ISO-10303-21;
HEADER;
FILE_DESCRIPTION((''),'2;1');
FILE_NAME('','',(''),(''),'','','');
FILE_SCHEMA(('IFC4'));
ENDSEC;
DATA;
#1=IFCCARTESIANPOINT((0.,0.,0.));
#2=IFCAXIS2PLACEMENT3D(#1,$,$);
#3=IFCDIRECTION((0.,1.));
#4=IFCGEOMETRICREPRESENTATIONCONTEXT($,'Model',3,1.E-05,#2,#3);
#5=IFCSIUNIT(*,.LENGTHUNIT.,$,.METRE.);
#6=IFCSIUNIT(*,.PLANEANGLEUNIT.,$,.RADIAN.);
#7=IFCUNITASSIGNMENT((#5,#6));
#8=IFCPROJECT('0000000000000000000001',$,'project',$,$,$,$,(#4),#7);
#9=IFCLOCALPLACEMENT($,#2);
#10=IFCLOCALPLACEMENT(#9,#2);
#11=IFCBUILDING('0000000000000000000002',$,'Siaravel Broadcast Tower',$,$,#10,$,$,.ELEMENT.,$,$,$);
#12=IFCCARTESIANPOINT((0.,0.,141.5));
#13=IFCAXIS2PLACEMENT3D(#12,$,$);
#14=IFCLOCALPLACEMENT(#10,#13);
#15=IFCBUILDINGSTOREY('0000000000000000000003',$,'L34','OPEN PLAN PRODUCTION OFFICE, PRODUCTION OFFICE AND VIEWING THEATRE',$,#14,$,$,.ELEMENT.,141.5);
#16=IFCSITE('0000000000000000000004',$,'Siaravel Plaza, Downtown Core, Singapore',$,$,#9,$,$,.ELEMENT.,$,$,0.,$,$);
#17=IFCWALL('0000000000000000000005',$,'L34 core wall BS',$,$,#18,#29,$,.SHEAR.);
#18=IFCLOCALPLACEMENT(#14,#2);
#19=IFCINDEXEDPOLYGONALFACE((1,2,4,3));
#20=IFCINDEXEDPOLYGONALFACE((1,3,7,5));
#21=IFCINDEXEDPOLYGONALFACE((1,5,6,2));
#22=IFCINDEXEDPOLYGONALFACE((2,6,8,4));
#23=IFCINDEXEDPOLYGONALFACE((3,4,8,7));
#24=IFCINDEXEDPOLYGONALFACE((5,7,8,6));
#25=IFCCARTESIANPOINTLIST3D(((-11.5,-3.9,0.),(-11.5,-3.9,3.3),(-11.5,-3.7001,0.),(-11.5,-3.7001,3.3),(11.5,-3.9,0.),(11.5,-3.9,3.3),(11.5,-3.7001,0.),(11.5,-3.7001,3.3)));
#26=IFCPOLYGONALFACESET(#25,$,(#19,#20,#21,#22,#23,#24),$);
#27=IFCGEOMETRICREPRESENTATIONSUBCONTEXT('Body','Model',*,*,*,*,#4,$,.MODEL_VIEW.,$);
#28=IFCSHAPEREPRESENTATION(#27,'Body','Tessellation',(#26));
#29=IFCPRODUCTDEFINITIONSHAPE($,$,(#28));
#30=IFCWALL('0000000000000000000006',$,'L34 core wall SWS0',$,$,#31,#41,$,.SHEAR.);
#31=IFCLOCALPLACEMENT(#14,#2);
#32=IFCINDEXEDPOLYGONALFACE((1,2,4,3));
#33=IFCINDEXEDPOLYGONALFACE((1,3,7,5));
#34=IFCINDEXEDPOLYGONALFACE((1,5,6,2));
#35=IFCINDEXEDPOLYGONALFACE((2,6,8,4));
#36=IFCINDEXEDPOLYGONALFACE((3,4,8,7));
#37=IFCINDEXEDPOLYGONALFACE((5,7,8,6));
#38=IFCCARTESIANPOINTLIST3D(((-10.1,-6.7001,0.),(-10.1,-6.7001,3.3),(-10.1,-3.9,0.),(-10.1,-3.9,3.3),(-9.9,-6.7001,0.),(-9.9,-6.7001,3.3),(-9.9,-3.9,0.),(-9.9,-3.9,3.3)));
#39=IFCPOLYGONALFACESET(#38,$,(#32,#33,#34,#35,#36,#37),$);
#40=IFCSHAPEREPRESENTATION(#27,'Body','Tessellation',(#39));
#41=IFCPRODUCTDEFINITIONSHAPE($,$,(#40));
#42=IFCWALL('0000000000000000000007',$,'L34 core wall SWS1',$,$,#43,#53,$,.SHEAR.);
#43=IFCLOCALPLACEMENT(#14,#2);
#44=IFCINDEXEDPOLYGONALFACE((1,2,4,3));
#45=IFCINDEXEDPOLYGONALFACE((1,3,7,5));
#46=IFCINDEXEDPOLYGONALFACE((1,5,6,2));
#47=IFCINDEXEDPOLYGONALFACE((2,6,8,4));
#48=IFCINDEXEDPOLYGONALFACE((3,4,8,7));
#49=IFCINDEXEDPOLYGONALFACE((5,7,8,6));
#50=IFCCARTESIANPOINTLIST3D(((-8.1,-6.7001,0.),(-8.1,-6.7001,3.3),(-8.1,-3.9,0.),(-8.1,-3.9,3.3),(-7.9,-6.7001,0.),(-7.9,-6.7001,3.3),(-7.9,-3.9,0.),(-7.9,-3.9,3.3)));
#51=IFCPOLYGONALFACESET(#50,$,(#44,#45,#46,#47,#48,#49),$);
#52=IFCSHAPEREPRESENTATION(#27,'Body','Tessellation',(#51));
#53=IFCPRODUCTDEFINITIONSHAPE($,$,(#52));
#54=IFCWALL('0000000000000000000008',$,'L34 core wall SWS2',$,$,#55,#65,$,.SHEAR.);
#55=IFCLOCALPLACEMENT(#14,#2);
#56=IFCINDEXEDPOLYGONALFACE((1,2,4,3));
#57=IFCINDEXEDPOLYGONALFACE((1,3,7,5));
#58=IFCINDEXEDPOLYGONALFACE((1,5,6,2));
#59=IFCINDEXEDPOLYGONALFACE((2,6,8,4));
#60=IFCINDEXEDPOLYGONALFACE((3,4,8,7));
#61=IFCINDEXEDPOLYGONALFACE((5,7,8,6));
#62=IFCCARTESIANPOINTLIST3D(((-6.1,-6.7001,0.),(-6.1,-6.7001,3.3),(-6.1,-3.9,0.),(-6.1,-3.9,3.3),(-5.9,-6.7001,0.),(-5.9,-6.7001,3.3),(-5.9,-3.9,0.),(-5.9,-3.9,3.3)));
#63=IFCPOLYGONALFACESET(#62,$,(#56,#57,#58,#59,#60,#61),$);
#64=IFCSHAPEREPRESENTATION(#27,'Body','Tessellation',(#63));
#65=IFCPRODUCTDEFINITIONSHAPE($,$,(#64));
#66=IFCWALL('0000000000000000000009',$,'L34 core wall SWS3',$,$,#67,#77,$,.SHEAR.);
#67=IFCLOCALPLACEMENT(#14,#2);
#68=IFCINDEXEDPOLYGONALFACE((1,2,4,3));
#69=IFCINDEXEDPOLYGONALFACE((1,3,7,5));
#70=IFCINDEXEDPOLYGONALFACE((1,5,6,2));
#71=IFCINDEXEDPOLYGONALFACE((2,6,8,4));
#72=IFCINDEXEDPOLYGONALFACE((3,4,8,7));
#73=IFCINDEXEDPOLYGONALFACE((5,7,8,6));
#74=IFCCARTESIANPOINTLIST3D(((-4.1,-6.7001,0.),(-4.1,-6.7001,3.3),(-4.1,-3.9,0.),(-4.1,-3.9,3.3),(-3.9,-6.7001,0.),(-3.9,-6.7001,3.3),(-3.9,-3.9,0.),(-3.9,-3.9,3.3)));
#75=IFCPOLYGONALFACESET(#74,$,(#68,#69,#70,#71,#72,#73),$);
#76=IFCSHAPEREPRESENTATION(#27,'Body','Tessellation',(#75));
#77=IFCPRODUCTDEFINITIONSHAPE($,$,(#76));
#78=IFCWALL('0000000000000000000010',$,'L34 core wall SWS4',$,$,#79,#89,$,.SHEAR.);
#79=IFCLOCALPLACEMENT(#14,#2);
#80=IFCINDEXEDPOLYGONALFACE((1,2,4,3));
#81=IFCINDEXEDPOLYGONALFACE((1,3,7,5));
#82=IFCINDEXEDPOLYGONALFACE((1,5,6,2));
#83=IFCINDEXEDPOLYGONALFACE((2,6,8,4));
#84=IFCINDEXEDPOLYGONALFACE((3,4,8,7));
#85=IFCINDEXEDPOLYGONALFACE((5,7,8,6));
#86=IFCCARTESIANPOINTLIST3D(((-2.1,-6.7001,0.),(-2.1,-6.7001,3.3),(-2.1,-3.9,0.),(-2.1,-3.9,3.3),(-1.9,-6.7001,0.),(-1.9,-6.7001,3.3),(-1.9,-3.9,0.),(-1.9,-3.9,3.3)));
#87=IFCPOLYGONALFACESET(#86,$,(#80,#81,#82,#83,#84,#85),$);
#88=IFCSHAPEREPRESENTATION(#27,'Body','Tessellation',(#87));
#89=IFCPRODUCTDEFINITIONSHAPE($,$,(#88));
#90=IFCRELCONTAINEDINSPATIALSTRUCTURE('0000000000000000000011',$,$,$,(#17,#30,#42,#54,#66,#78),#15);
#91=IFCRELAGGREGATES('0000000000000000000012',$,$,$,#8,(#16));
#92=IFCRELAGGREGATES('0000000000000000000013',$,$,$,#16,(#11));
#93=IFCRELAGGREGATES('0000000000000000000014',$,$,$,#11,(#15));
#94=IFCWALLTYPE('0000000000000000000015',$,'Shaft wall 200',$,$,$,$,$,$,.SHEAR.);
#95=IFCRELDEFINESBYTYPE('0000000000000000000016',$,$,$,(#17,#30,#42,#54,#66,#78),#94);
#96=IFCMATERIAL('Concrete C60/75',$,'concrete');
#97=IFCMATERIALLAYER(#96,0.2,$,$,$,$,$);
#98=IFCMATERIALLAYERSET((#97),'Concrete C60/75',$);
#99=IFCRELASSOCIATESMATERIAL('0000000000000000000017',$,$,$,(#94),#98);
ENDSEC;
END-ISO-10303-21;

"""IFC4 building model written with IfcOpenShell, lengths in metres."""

from ifc_helpers import new_model, si_unit, direction, frame, frame_2d, origin, place, context, subcontext, project, spatial, rectangle, extrude, material, layer, layer_set, type_object, element, save


model = new_model("IFC4")

# Units and contexts
model_context = context("Model", 3, precision=1e-05, world=origin(), true_north=direction((0.0, 1.0)))
body_context = subcontext(model_context, "Body", "Model", "MODEL_VIEW")
ifc_project = project(units=[si_unit("LENGTHUNIT", "METRE"), si_unit("PLANEANGLEUNIT", "RADIAN")], contexts=[model_context])

# Site, building, storey
site_placement = place(None, origin())
site = spatial("IfcSite", under=ifc_project, at=site_placement, Name="Siaravel Plaza, Downtown Core, Singapore", CompositionType="ELEMENT", RefElevation=0.0)
building_placement = place(site_placement, origin())
building = spatial("IfcBuilding", under=site, at=building_placement, Name="Siaravel Broadcast Tower", CompositionType="ELEMENT")
storey_placement = place(building_placement, frame((0.0, 0.0, 141.5)))
storey = spatial("IfcBuildingStorey", under=building, at=storey_placement, Name="L34", Description="OPEN PLAN PRODUCTION OFFICE, PRODUCTION OFFICE AND VIEWING THEATRE", CompositionType="ELEMENT", Elevation=141.5)

# Shared definitions
ifc_material_1 = material(Name="Concrete C60/75", Category="concrete")

# Walls
ifc_layer_1 = layer(ifc_material_1, 0.2)
ifc_layer_set_1 = layer_set([ifc_layer_1], Name="Concrete C60/75")
wall_type_1 = type_object("IfcWallType", Name="Shaft wall 200", PredefinedType="SHEAR", material=ifc_layer_set_1)
wall_1_placement = place(storey_placement, frame((-11.5, -3.8, 0.0), z_axis=(0.0, 0.0, 1.0), x_axis=(1.0, 0.0, 0.0)))
element("IfcWall", 1, at=wall_1_placement, inside=storey, type_object=wall_type_1, Name="L34 core wall BS", PredefinedType="SHEAR", context=body_context, shape_type="SweptSolid", body=[
    extrude(rectangle(XDim=23.0, YDim=0.2, at=frame_2d((11.5, 0.0))), origin(), (0.0, 0.0, 1.0), 3.3),
])
for number, where, z_axis, x_axis, name in (
    (2, (-10.0, -6.7, 0.0), (0.0, 0.0, 1.0), (0.0, 1.0, 0.0), "L34 core wall SWS0"),
    (3, (-8.0, -6.7, 0.0), (0.0, 0.0, 1.0), (0.0, 1.0, 0.0), "L34 core wall SWS1"),
    (4, (-6.0, -6.7, 0.0), (0.0, 0.0, 1.0), (0.0, 1.0, 0.0), "L34 core wall SWS2"),
    (5, (-4.0, -6.7, 0.0), (0.0, 0.0, 1.0), (0.0, 1.0, 0.0), "L34 core wall SWS3"),
    (6, (-2.0, -6.7, 0.0), (0.0, 0.0, 1.0), (0.0, 1.0, 0.0), "L34 core wall SWS4"),
):
    element("IfcWall", number, at=place(storey_placement, frame(where, z_axis=z_axis, x_axis=x_axis)), inside=storey, type_object=wall_type_1, Name=name, PredefinedType="SHEAR", context=body_context, shape_type="SweptSolid", body=[
        extrude(rectangle(XDim=2.8, YDim=0.2, at=frame_2d((1.3999, 0.0))), origin(), (0.0, 0.0, 1.0), 3.3),
    ])

save(model, "model.ifc")
